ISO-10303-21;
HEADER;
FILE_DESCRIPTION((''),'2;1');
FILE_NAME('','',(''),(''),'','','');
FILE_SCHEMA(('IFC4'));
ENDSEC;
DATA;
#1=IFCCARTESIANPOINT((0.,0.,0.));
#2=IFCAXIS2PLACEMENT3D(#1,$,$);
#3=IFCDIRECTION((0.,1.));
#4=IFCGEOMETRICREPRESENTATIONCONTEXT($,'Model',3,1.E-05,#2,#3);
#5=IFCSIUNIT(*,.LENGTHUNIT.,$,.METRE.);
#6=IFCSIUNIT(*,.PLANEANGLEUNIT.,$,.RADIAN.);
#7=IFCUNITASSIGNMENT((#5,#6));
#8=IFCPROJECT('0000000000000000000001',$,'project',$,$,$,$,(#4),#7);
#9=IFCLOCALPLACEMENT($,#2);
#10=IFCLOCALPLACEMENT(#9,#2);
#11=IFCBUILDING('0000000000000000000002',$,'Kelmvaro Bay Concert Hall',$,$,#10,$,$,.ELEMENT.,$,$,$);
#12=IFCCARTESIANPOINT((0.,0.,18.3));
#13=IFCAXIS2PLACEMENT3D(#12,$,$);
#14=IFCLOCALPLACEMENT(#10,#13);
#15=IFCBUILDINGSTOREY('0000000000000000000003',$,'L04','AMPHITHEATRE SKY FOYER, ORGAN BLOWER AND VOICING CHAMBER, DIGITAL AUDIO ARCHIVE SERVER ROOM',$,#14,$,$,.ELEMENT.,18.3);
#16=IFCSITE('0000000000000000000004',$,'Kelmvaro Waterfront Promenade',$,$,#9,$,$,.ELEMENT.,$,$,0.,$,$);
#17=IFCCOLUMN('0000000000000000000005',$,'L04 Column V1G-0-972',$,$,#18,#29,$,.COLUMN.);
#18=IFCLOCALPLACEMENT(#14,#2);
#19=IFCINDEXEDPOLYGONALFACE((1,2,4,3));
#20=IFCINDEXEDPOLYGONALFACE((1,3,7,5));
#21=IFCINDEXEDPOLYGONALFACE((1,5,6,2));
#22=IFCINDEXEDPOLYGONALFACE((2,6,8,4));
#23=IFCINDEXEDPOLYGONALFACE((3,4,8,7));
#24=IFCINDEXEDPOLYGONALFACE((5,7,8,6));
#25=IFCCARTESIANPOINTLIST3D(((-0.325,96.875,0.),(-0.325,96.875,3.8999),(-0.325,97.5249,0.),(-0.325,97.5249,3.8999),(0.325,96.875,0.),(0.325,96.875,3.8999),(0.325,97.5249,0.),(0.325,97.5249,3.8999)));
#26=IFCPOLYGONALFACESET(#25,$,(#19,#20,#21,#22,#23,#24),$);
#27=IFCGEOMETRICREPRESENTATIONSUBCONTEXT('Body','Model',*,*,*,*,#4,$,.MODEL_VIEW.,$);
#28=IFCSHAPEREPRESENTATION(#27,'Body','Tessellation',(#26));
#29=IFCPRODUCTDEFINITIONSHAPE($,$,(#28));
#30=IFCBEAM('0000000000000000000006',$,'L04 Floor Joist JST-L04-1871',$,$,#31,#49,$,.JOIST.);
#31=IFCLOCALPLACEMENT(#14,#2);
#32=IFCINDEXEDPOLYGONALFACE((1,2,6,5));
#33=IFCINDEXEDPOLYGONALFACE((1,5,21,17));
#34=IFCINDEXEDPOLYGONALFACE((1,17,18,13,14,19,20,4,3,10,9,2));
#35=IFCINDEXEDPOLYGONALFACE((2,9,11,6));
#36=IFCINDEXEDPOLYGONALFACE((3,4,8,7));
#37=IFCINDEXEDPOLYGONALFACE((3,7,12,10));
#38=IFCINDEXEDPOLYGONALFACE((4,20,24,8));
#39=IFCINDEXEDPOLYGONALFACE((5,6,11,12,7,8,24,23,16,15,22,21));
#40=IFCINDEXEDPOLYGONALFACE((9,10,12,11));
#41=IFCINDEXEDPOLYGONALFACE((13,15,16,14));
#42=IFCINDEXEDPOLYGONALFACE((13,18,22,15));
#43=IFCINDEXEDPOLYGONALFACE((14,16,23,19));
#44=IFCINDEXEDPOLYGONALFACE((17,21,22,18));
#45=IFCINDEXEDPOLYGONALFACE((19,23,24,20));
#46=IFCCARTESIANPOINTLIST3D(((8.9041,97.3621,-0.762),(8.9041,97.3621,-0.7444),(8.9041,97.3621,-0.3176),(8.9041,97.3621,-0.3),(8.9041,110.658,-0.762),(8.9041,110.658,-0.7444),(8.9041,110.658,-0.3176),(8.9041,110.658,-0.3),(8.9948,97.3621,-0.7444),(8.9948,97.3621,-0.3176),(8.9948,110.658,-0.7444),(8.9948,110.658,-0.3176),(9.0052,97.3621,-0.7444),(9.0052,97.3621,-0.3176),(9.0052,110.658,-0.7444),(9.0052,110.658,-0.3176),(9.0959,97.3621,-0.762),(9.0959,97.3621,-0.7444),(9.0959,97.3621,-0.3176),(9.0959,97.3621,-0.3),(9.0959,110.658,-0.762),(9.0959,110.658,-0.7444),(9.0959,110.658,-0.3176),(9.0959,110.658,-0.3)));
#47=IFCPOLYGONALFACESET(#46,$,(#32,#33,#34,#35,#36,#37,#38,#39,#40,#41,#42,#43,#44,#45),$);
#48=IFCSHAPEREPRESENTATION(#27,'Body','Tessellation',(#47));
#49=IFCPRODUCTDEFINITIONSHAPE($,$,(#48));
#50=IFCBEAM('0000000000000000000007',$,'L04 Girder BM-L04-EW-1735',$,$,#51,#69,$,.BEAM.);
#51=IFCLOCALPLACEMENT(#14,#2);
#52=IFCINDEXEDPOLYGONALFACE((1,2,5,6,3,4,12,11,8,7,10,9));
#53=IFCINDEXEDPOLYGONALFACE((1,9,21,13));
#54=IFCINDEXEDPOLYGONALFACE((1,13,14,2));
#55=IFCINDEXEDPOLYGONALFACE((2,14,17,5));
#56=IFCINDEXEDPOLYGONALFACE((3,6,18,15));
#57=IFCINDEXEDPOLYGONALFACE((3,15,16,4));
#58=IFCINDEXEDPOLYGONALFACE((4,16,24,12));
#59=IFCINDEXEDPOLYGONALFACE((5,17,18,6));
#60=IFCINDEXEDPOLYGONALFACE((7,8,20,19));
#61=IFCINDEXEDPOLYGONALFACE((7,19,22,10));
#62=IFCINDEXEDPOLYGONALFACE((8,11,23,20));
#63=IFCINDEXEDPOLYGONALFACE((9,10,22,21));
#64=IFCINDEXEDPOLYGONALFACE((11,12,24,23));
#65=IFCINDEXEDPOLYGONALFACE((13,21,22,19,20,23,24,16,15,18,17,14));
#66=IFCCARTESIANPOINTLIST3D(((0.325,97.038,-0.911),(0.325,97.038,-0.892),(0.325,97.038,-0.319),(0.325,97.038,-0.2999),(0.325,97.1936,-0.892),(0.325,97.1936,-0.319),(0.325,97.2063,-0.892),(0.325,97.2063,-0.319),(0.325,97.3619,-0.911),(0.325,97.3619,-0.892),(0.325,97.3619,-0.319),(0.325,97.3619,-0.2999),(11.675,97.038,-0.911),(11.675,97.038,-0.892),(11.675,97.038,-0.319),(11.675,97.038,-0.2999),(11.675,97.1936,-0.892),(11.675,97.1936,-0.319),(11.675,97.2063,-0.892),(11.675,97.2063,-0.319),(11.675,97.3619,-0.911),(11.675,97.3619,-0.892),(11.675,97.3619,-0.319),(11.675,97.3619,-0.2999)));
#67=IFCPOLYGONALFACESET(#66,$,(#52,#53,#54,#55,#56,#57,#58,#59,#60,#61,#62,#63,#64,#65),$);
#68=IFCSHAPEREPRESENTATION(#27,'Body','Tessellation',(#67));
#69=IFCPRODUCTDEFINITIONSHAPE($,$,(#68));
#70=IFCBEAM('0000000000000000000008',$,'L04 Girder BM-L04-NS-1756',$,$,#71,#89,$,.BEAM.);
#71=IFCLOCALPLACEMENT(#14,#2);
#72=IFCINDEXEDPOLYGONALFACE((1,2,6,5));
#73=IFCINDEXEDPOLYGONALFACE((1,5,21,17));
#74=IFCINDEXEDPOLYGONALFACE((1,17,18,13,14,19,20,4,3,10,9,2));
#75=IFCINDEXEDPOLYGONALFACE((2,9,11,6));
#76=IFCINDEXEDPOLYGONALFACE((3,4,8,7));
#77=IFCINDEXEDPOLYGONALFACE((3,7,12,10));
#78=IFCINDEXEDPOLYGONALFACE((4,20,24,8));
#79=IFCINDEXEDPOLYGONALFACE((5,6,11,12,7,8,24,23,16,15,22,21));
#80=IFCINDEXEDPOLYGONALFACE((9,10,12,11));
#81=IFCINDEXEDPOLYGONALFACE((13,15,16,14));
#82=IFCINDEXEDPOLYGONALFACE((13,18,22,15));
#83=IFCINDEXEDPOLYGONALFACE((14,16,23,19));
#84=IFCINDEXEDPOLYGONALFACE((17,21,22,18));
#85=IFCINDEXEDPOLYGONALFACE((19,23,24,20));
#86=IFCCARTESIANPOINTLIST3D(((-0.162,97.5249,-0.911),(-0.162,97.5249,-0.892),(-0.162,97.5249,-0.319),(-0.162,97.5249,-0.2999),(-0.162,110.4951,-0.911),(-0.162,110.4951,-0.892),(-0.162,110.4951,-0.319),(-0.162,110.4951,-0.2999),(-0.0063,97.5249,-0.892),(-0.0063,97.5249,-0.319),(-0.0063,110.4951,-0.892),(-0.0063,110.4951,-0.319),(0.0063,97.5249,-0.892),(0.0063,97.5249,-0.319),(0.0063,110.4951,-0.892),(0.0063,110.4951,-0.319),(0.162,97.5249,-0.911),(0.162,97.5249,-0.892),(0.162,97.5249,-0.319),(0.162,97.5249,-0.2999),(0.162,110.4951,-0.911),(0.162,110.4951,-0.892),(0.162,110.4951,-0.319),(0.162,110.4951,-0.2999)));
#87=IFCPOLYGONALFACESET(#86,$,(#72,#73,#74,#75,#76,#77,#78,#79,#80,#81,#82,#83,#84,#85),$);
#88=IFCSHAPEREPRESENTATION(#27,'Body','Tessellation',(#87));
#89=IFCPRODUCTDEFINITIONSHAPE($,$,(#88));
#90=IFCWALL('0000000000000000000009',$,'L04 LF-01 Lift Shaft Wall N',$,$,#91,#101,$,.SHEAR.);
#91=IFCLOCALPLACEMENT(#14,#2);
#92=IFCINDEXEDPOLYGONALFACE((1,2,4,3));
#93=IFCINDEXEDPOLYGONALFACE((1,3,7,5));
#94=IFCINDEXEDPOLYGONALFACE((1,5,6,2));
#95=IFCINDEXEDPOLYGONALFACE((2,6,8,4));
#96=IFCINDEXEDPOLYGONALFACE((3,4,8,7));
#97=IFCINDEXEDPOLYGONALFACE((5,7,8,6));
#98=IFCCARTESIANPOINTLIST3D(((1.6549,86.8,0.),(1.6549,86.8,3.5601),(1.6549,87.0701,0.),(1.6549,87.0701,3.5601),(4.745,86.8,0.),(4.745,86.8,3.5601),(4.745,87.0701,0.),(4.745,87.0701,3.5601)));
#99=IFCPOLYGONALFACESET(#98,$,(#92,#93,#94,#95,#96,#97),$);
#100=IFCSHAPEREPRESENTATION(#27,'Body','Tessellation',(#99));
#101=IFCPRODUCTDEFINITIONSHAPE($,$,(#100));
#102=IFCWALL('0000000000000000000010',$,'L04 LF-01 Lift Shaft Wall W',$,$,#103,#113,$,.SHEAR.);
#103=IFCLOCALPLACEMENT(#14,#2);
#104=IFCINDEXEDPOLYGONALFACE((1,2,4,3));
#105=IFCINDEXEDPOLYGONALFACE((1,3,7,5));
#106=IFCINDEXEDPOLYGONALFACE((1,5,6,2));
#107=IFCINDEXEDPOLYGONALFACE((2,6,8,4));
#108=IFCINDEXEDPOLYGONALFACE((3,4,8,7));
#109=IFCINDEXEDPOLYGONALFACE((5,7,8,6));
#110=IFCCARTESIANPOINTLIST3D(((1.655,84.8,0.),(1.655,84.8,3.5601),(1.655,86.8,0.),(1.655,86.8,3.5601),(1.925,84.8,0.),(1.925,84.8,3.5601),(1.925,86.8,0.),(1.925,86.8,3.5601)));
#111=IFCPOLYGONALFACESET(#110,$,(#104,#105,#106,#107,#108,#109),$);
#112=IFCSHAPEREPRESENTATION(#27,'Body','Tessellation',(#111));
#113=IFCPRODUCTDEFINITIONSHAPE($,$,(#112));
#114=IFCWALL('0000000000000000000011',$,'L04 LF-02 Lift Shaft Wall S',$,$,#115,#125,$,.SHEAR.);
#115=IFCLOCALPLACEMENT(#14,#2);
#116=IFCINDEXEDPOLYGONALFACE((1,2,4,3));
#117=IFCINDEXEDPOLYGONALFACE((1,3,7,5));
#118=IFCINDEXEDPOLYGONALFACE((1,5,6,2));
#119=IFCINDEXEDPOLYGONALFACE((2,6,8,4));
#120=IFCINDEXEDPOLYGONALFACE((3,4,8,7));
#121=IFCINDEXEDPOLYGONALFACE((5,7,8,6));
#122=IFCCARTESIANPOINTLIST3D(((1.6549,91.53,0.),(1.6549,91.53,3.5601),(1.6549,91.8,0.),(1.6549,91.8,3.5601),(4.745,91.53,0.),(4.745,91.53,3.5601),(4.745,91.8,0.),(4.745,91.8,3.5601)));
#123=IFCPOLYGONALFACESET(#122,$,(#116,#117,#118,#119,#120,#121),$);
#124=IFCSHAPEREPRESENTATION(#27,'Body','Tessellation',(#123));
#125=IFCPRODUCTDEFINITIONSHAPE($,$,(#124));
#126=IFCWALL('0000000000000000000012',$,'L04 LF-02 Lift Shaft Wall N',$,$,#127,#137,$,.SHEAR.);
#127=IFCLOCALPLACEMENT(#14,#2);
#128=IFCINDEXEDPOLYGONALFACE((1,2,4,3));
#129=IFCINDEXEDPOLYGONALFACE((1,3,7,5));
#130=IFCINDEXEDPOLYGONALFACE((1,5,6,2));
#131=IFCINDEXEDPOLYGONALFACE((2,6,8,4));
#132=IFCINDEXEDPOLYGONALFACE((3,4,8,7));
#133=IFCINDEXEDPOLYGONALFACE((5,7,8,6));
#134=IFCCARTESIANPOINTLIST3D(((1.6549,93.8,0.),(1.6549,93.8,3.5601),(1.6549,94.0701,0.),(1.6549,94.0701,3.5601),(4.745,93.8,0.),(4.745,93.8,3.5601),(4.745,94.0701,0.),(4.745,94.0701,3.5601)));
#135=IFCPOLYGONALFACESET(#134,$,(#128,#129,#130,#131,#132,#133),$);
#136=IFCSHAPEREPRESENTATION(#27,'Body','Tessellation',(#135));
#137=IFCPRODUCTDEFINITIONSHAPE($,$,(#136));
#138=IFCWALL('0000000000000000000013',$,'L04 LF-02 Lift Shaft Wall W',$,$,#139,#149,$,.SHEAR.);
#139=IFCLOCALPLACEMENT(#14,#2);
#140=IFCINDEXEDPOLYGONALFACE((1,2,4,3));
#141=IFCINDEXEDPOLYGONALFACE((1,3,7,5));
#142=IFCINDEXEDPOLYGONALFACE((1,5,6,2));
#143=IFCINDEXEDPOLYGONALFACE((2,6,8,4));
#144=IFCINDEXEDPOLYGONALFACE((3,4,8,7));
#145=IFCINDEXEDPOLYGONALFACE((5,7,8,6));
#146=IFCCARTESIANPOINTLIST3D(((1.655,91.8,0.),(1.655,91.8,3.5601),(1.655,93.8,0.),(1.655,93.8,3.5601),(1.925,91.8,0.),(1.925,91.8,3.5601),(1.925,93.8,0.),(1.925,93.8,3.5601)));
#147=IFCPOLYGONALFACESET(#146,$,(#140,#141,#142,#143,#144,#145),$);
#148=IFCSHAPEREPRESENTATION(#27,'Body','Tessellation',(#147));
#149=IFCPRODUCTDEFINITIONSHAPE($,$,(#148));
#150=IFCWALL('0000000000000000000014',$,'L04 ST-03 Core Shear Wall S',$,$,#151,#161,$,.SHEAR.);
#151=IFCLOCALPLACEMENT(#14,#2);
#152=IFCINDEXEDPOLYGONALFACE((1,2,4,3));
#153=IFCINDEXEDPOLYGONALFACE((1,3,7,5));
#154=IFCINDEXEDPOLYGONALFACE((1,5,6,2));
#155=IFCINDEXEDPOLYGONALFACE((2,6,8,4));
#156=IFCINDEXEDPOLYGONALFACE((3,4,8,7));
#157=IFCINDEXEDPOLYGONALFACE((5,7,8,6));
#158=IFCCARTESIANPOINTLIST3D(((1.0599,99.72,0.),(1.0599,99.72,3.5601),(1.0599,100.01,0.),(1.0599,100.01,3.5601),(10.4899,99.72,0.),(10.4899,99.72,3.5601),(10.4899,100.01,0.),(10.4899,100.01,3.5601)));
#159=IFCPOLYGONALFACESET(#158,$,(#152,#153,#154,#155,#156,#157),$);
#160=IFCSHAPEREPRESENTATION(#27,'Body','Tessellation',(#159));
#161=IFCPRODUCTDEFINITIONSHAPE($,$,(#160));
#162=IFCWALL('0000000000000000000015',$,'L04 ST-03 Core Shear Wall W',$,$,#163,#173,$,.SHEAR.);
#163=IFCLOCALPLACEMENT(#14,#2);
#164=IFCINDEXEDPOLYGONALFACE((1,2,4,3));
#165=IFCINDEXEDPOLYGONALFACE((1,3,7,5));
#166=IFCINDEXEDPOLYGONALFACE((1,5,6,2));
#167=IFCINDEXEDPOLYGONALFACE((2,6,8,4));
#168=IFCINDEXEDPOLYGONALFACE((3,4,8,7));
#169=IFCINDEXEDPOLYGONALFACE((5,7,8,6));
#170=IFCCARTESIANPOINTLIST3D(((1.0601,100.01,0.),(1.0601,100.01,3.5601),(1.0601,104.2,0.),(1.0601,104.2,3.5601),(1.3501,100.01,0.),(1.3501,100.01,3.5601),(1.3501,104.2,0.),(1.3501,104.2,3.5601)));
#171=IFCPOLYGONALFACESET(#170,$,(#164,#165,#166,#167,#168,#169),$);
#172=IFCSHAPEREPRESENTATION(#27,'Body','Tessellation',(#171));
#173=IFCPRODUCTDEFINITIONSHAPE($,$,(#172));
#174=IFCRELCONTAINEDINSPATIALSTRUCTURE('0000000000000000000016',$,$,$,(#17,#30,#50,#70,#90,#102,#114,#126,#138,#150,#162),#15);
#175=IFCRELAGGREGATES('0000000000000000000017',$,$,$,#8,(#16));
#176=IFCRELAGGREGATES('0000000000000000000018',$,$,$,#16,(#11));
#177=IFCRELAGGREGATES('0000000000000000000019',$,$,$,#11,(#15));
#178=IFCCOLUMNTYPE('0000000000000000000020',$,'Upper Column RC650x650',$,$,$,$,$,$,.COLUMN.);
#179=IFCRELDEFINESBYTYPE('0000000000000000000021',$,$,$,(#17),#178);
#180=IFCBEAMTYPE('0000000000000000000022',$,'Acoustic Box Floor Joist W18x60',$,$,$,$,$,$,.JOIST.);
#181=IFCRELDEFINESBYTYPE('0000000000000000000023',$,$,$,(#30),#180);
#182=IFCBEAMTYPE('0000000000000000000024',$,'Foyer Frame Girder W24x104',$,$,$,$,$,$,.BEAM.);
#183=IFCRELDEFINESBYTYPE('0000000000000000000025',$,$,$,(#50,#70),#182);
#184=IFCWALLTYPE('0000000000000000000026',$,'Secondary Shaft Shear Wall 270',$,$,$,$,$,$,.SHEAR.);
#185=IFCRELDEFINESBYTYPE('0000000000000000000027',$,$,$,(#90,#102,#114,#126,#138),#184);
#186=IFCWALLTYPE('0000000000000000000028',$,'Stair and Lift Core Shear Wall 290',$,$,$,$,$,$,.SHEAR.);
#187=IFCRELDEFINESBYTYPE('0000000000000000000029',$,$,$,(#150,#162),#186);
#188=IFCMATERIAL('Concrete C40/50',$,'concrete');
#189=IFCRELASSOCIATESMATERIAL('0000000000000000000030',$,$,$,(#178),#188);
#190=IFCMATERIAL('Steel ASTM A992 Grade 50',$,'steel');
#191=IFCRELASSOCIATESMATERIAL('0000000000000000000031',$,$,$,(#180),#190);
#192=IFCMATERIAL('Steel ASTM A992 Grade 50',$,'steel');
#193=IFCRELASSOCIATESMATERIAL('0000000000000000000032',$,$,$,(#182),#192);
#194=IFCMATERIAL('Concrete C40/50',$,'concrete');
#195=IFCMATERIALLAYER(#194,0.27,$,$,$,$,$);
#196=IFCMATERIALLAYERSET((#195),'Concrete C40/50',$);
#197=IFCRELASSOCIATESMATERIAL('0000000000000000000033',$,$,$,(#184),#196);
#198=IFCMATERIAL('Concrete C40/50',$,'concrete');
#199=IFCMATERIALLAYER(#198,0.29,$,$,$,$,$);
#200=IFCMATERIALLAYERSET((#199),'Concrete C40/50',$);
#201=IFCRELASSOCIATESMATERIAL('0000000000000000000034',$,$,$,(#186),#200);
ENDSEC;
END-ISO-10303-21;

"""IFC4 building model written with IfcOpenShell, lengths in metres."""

from ifc_helpers import new_model, si_unit, direction, frame, frame_2d, origin, origin_2d, place, context, subcontext, project, spatial, rectangle, i_section, extrude, material, layer, layer_set, material_profile, profile_set, type_object, element, save


model = new_model("IFC4")

# Units and contexts
model_context = context("Model", 3, precision=1e-05, world=origin(), true_north=direction((0.0, 1.0)))
body_context = subcontext(model_context, "Body", "Model", "MODEL_VIEW")
ifc_project = project(units=[si_unit("LENGTHUNIT", "METRE"), si_unit("PLANEANGLEUNIT", "RADIAN")], contexts=[model_context])

# Site, building, storey
site_placement = place(None, origin())
site = spatial("IfcSite", under=ifc_project, at=site_placement, Name="Kelmvaro Waterfront Promenade", CompositionType="ELEMENT", RefElevation=0.0)
building_placement = place(site_placement, origin())
building = spatial("IfcBuilding", under=site, at=building_placement, Name="Kelmvaro Bay Concert Hall", CompositionType="ELEMENT")
storey_placement = place(building_placement, frame((0.0, 0.0, 18.3)))
storey = spatial("IfcBuildingStorey", under=building, at=storey_placement, Name="L04", Description="AMPHITHEATRE SKY FOYER, ORGAN BLOWER AND VOICING CHAMBER, DIGITAL AUDIO ARCHIVE SERVER ROOM", CompositionType="ELEMENT", Elevation=18.3)

# Column
ifc_material_1 = material(Name="Concrete C40/50", Category="concrete")
ifc_material_profile_1 = material_profile(ifc_material_1, rectangle(XDim=0.6499, YDim=0.6499, at=origin_2d()), Name="RC-COL-650X650")
ifc_profile_set_1 = profile_set([ifc_material_profile_1], Name="Concrete C40/50")
column_type = type_object("IfcColumnType", Name="Upper Column RC650x650", PredefinedType="COLUMN", material=ifc_profile_set_1)
column_placement = place(storey_placement, frame((0.0, 97.2, 0.0), z_axis=(0.0, 0.0, 1.0), x_axis=(1.0, 0.0, 0.0)))
element("IfcColumn", 1, at=column_placement, inside=storey, type_object=column_type, Name="L04 Column V1G-0-972", PredefinedType="COLUMN", context=body_context, shape_type="SweptSolid", body=[
    extrude(rectangle(XDim=0.6499, YDim=0.6499, at=origin_2d()), origin(), (0.0, 0.0, 1.0), 3.8999),
])

# Beams
ifc_material_2 = material(Name="Steel ASTM A992 Grade 50", Category="steel")
ifc_material_profile_2 = material_profile(ifc_material_2, i_section(OverallWidth=0.1919, OverallDepth=0.4619, WebThickness=0.0105, FlangeThickness=0.0176, at=origin_2d()), Name="W18X60")
ifc_profile_set_2 = profile_set([ifc_material_profile_2], Name="Steel ASTM A992 Grade 50")
beam_type_1 = type_object("IfcBeamType", Name="Acoustic Box Floor Joist W18x60", PredefinedType="JOIST", material=ifc_profile_set_2)
beam_1_placement = place(storey_placement, frame((9.0, 97.3621, -0.531), z_axis=(0.0, 1.0, 0.0), x_axis=(-1.0, 0.0, 0.0)))
element("IfcBeam", 2, at=beam_1_placement, inside=storey, type_object=beam_type_1, Name="L04 Floor Joist JST-L04-1871", PredefinedType="JOIST", context=body_context, shape_type="SweptSolid", body=[
    extrude(i_section(OverallWidth=0.1919, OverallDepth=0.4619, WebThickness=0.0105, FlangeThickness=0.0176, at=origin_2d()), origin(), (0.0, 0.0, 1.0), 13.2959),
])
ifc_material_3 = material(Name="Steel ASTM A992 Grade 50", Category="steel")
ifc_material_profile_3 = material_profile(ifc_material_3, i_section(OverallWidth=0.324, OverallDepth=0.6111, WebThickness=0.0127, FlangeThickness=0.019, at=origin_2d()), Name="W24X104")
ifc_profile_set_3 = profile_set([ifc_material_profile_3], Name="Steel ASTM A992 Grade 50")
beam_type_2 = type_object("IfcBeamType", Name="Foyer Frame Girder W24x104", PredefinedType="BEAM", material=ifc_profile_set_3)
beam_2_placement = place(storey_placement, frame((0.325, 97.2, -0.6055), z_axis=(1.0, 0.0, 0.0), x_axis=(0.0, 1.0, 0.0)))
element("IfcBeam", 3, at=beam_2_placement, inside=storey, type_object=beam_type_2, Name="L04 Girder BM-L04-EW-1735", PredefinedType="BEAM", context=body_context, shape_type="SweptSolid", body=[
    extrude(i_section(OverallWidth=0.324, OverallDepth=0.6111, WebThickness=0.0127, FlangeThickness=0.019, at=origin_2d()), origin(), (0.0, 0.0, 1.0), 11.3501),
])
beam_3_placement = place(storey_placement, frame((0.0, 97.5249, -0.6055), z_axis=(0.0, 1.0, 0.0), x_axis=(-1.0, 0.0, 0.0)))
element("IfcBeam", 4, at=beam_3_placement, inside=storey, type_object=beam_type_2, Name="L04 Girder BM-L04-NS-1756", PredefinedType="BEAM", context=body_context, shape_type="SweptSolid", body=[
    extrude(i_section(OverallWidth=0.324, OverallDepth=0.6111, WebThickness=0.0127, FlangeThickness=0.019, at=origin_2d()), origin(), (0.0, 0.0, 1.0), 12.9702),
])

# Walls
ifc_material_4 = material(Name="Concrete C40/50", Category="concrete")
ifc_layer_1 = layer(ifc_material_4, 0.27)
ifc_layer_set_1 = layer_set([ifc_layer_1], Name="Concrete C40/50")
wall_type_1 = type_object("IfcWallType", Name="Secondary Shaft Shear Wall 270", PredefinedType="SHEAR", material=ifc_layer_set_1)
wall_1_placement = place(storey_placement, frame((1.655, 86.9351, 0.0), z_axis=(0.0, 0.0, 1.0), x_axis=(1.0, 0.0, 0.0)))
element("IfcWall", 5, at=wall_1_placement, inside=storey, type_object=wall_type_1, Name="L04 LF-01 Lift Shaft Wall N", PredefinedType="SHEAR", context=body_context, shape_type="SweptSolid", body=[
    extrude(rectangle(XDim=3.0901, YDim=0.27, at=frame_2d((1.5449, 0.0))), origin(), (0.0, 0.0, 1.0), 3.5601),
])
wall_2_placement = place(storey_placement, frame((1.79, 84.8, 0.0), z_axis=(0.0, 0.0, 1.0), x_axis=(0.0, 1.0, 0.0)))
element("IfcWall", 6, at=wall_2_placement, inside=storey, type_object=wall_type_1, Name="L04 LF-01 Lift Shaft Wall W", PredefinedType="SHEAR", context=body_context, shape_type="SweptSolid", body=[
    extrude(rectangle(XDim=2.0, YDim=0.27, at=frame_2d((1.0, 0.0))), origin(), (0.0, 0.0, 1.0), 3.5601),
])

# Walls
for number, where, z_axis, x_axis, name in (
    (7, (1.655, 91.665, 0.0), (0.0, 0.0, 1.0), (1.0, 0.0, 0.0), "L04 LF-02 Lift Shaft Wall S"),
    (8, (1.655, 93.9351, 0.0), (0.0, 0.0, 1.0), (1.0, 0.0, 0.0), "L04 LF-02 Lift Shaft Wall N"),
):
    element("IfcWall", number, at=place(storey_placement, frame(where, z_axis=z_axis, x_axis=x_axis)), inside=storey, type_object=wall_type_1, Name=name, PredefinedType="SHEAR", context=body_context, shape_type="SweptSolid", body=[
        extrude(rectangle(XDim=3.0901, YDim=0.27, at=frame_2d((1.5449, 0.0))), origin(), (0.0, 0.0, 1.0), 3.5601),
    ])
wall_3_placement = place(storey_placement, frame((1.79, 91.8, 0.0), z_axis=(0.0, 0.0, 1.0), x_axis=(0.0, 1.0, 0.0)))
element("IfcWall", 9, at=wall_3_placement, inside=storey, type_object=wall_type_1, Name="L04 LF-02 Lift Shaft Wall W", PredefinedType="SHEAR", context=body_context, shape_type="SweptSolid", body=[
    extrude(rectangle(XDim=2.0, YDim=0.27, at=frame_2d((1.0, 0.0))), origin(), (0.0, 0.0, 1.0), 3.5601),
])

# Walls
ifc_material_5 = material(Name="Concrete C40/50", Category="concrete")
ifc_layer_2 = layer(ifc_material_5, 0.29)
ifc_layer_set_2 = layer_set([ifc_layer_2], Name="Concrete C40/50")
wall_type_2 = type_object("IfcWallType", Name="Stair and Lift Core Shear Wall 290", PredefinedType="SHEAR", material=ifc_layer_set_2)
wall_4_placement = place(storey_placement, frame((1.0601, 99.865, 0.0), z_axis=(0.0, 0.0, 1.0), x_axis=(1.0, 0.0, 0.0)))
element("IfcWall", 10, at=wall_4_placement, inside=storey, type_object=wall_type_2, Name="L04 ST-03 Core Shear Wall S", PredefinedType="SHEAR", context=body_context, shape_type="SweptSolid", body=[
    extrude(rectangle(XDim=9.4299, YDim=0.29, at=frame_2d((4.7148, 0.0))), origin(), (0.0, 0.0, 1.0), 3.5601),
])
wall_5_placement = place(storey_placement, frame((1.2051, 100.01, 0.0), z_axis=(0.0, 0.0, 1.0), x_axis=(0.0, 1.0, 0.0)))
element("IfcWall", 11, at=wall_5_placement, inside=storey, type_object=wall_type_2, Name="L04 ST-03 Core Shear Wall W", PredefinedType="SHEAR", context=body_context, shape_type="SweptSolid", body=[
    extrude(rectangle(XDim=4.1899, YDim=0.29, at=frame_2d((2.095, 0.0))), origin(), (0.0, 0.0, 1.0), 3.5601),
])

save(model, "model.ifc")
